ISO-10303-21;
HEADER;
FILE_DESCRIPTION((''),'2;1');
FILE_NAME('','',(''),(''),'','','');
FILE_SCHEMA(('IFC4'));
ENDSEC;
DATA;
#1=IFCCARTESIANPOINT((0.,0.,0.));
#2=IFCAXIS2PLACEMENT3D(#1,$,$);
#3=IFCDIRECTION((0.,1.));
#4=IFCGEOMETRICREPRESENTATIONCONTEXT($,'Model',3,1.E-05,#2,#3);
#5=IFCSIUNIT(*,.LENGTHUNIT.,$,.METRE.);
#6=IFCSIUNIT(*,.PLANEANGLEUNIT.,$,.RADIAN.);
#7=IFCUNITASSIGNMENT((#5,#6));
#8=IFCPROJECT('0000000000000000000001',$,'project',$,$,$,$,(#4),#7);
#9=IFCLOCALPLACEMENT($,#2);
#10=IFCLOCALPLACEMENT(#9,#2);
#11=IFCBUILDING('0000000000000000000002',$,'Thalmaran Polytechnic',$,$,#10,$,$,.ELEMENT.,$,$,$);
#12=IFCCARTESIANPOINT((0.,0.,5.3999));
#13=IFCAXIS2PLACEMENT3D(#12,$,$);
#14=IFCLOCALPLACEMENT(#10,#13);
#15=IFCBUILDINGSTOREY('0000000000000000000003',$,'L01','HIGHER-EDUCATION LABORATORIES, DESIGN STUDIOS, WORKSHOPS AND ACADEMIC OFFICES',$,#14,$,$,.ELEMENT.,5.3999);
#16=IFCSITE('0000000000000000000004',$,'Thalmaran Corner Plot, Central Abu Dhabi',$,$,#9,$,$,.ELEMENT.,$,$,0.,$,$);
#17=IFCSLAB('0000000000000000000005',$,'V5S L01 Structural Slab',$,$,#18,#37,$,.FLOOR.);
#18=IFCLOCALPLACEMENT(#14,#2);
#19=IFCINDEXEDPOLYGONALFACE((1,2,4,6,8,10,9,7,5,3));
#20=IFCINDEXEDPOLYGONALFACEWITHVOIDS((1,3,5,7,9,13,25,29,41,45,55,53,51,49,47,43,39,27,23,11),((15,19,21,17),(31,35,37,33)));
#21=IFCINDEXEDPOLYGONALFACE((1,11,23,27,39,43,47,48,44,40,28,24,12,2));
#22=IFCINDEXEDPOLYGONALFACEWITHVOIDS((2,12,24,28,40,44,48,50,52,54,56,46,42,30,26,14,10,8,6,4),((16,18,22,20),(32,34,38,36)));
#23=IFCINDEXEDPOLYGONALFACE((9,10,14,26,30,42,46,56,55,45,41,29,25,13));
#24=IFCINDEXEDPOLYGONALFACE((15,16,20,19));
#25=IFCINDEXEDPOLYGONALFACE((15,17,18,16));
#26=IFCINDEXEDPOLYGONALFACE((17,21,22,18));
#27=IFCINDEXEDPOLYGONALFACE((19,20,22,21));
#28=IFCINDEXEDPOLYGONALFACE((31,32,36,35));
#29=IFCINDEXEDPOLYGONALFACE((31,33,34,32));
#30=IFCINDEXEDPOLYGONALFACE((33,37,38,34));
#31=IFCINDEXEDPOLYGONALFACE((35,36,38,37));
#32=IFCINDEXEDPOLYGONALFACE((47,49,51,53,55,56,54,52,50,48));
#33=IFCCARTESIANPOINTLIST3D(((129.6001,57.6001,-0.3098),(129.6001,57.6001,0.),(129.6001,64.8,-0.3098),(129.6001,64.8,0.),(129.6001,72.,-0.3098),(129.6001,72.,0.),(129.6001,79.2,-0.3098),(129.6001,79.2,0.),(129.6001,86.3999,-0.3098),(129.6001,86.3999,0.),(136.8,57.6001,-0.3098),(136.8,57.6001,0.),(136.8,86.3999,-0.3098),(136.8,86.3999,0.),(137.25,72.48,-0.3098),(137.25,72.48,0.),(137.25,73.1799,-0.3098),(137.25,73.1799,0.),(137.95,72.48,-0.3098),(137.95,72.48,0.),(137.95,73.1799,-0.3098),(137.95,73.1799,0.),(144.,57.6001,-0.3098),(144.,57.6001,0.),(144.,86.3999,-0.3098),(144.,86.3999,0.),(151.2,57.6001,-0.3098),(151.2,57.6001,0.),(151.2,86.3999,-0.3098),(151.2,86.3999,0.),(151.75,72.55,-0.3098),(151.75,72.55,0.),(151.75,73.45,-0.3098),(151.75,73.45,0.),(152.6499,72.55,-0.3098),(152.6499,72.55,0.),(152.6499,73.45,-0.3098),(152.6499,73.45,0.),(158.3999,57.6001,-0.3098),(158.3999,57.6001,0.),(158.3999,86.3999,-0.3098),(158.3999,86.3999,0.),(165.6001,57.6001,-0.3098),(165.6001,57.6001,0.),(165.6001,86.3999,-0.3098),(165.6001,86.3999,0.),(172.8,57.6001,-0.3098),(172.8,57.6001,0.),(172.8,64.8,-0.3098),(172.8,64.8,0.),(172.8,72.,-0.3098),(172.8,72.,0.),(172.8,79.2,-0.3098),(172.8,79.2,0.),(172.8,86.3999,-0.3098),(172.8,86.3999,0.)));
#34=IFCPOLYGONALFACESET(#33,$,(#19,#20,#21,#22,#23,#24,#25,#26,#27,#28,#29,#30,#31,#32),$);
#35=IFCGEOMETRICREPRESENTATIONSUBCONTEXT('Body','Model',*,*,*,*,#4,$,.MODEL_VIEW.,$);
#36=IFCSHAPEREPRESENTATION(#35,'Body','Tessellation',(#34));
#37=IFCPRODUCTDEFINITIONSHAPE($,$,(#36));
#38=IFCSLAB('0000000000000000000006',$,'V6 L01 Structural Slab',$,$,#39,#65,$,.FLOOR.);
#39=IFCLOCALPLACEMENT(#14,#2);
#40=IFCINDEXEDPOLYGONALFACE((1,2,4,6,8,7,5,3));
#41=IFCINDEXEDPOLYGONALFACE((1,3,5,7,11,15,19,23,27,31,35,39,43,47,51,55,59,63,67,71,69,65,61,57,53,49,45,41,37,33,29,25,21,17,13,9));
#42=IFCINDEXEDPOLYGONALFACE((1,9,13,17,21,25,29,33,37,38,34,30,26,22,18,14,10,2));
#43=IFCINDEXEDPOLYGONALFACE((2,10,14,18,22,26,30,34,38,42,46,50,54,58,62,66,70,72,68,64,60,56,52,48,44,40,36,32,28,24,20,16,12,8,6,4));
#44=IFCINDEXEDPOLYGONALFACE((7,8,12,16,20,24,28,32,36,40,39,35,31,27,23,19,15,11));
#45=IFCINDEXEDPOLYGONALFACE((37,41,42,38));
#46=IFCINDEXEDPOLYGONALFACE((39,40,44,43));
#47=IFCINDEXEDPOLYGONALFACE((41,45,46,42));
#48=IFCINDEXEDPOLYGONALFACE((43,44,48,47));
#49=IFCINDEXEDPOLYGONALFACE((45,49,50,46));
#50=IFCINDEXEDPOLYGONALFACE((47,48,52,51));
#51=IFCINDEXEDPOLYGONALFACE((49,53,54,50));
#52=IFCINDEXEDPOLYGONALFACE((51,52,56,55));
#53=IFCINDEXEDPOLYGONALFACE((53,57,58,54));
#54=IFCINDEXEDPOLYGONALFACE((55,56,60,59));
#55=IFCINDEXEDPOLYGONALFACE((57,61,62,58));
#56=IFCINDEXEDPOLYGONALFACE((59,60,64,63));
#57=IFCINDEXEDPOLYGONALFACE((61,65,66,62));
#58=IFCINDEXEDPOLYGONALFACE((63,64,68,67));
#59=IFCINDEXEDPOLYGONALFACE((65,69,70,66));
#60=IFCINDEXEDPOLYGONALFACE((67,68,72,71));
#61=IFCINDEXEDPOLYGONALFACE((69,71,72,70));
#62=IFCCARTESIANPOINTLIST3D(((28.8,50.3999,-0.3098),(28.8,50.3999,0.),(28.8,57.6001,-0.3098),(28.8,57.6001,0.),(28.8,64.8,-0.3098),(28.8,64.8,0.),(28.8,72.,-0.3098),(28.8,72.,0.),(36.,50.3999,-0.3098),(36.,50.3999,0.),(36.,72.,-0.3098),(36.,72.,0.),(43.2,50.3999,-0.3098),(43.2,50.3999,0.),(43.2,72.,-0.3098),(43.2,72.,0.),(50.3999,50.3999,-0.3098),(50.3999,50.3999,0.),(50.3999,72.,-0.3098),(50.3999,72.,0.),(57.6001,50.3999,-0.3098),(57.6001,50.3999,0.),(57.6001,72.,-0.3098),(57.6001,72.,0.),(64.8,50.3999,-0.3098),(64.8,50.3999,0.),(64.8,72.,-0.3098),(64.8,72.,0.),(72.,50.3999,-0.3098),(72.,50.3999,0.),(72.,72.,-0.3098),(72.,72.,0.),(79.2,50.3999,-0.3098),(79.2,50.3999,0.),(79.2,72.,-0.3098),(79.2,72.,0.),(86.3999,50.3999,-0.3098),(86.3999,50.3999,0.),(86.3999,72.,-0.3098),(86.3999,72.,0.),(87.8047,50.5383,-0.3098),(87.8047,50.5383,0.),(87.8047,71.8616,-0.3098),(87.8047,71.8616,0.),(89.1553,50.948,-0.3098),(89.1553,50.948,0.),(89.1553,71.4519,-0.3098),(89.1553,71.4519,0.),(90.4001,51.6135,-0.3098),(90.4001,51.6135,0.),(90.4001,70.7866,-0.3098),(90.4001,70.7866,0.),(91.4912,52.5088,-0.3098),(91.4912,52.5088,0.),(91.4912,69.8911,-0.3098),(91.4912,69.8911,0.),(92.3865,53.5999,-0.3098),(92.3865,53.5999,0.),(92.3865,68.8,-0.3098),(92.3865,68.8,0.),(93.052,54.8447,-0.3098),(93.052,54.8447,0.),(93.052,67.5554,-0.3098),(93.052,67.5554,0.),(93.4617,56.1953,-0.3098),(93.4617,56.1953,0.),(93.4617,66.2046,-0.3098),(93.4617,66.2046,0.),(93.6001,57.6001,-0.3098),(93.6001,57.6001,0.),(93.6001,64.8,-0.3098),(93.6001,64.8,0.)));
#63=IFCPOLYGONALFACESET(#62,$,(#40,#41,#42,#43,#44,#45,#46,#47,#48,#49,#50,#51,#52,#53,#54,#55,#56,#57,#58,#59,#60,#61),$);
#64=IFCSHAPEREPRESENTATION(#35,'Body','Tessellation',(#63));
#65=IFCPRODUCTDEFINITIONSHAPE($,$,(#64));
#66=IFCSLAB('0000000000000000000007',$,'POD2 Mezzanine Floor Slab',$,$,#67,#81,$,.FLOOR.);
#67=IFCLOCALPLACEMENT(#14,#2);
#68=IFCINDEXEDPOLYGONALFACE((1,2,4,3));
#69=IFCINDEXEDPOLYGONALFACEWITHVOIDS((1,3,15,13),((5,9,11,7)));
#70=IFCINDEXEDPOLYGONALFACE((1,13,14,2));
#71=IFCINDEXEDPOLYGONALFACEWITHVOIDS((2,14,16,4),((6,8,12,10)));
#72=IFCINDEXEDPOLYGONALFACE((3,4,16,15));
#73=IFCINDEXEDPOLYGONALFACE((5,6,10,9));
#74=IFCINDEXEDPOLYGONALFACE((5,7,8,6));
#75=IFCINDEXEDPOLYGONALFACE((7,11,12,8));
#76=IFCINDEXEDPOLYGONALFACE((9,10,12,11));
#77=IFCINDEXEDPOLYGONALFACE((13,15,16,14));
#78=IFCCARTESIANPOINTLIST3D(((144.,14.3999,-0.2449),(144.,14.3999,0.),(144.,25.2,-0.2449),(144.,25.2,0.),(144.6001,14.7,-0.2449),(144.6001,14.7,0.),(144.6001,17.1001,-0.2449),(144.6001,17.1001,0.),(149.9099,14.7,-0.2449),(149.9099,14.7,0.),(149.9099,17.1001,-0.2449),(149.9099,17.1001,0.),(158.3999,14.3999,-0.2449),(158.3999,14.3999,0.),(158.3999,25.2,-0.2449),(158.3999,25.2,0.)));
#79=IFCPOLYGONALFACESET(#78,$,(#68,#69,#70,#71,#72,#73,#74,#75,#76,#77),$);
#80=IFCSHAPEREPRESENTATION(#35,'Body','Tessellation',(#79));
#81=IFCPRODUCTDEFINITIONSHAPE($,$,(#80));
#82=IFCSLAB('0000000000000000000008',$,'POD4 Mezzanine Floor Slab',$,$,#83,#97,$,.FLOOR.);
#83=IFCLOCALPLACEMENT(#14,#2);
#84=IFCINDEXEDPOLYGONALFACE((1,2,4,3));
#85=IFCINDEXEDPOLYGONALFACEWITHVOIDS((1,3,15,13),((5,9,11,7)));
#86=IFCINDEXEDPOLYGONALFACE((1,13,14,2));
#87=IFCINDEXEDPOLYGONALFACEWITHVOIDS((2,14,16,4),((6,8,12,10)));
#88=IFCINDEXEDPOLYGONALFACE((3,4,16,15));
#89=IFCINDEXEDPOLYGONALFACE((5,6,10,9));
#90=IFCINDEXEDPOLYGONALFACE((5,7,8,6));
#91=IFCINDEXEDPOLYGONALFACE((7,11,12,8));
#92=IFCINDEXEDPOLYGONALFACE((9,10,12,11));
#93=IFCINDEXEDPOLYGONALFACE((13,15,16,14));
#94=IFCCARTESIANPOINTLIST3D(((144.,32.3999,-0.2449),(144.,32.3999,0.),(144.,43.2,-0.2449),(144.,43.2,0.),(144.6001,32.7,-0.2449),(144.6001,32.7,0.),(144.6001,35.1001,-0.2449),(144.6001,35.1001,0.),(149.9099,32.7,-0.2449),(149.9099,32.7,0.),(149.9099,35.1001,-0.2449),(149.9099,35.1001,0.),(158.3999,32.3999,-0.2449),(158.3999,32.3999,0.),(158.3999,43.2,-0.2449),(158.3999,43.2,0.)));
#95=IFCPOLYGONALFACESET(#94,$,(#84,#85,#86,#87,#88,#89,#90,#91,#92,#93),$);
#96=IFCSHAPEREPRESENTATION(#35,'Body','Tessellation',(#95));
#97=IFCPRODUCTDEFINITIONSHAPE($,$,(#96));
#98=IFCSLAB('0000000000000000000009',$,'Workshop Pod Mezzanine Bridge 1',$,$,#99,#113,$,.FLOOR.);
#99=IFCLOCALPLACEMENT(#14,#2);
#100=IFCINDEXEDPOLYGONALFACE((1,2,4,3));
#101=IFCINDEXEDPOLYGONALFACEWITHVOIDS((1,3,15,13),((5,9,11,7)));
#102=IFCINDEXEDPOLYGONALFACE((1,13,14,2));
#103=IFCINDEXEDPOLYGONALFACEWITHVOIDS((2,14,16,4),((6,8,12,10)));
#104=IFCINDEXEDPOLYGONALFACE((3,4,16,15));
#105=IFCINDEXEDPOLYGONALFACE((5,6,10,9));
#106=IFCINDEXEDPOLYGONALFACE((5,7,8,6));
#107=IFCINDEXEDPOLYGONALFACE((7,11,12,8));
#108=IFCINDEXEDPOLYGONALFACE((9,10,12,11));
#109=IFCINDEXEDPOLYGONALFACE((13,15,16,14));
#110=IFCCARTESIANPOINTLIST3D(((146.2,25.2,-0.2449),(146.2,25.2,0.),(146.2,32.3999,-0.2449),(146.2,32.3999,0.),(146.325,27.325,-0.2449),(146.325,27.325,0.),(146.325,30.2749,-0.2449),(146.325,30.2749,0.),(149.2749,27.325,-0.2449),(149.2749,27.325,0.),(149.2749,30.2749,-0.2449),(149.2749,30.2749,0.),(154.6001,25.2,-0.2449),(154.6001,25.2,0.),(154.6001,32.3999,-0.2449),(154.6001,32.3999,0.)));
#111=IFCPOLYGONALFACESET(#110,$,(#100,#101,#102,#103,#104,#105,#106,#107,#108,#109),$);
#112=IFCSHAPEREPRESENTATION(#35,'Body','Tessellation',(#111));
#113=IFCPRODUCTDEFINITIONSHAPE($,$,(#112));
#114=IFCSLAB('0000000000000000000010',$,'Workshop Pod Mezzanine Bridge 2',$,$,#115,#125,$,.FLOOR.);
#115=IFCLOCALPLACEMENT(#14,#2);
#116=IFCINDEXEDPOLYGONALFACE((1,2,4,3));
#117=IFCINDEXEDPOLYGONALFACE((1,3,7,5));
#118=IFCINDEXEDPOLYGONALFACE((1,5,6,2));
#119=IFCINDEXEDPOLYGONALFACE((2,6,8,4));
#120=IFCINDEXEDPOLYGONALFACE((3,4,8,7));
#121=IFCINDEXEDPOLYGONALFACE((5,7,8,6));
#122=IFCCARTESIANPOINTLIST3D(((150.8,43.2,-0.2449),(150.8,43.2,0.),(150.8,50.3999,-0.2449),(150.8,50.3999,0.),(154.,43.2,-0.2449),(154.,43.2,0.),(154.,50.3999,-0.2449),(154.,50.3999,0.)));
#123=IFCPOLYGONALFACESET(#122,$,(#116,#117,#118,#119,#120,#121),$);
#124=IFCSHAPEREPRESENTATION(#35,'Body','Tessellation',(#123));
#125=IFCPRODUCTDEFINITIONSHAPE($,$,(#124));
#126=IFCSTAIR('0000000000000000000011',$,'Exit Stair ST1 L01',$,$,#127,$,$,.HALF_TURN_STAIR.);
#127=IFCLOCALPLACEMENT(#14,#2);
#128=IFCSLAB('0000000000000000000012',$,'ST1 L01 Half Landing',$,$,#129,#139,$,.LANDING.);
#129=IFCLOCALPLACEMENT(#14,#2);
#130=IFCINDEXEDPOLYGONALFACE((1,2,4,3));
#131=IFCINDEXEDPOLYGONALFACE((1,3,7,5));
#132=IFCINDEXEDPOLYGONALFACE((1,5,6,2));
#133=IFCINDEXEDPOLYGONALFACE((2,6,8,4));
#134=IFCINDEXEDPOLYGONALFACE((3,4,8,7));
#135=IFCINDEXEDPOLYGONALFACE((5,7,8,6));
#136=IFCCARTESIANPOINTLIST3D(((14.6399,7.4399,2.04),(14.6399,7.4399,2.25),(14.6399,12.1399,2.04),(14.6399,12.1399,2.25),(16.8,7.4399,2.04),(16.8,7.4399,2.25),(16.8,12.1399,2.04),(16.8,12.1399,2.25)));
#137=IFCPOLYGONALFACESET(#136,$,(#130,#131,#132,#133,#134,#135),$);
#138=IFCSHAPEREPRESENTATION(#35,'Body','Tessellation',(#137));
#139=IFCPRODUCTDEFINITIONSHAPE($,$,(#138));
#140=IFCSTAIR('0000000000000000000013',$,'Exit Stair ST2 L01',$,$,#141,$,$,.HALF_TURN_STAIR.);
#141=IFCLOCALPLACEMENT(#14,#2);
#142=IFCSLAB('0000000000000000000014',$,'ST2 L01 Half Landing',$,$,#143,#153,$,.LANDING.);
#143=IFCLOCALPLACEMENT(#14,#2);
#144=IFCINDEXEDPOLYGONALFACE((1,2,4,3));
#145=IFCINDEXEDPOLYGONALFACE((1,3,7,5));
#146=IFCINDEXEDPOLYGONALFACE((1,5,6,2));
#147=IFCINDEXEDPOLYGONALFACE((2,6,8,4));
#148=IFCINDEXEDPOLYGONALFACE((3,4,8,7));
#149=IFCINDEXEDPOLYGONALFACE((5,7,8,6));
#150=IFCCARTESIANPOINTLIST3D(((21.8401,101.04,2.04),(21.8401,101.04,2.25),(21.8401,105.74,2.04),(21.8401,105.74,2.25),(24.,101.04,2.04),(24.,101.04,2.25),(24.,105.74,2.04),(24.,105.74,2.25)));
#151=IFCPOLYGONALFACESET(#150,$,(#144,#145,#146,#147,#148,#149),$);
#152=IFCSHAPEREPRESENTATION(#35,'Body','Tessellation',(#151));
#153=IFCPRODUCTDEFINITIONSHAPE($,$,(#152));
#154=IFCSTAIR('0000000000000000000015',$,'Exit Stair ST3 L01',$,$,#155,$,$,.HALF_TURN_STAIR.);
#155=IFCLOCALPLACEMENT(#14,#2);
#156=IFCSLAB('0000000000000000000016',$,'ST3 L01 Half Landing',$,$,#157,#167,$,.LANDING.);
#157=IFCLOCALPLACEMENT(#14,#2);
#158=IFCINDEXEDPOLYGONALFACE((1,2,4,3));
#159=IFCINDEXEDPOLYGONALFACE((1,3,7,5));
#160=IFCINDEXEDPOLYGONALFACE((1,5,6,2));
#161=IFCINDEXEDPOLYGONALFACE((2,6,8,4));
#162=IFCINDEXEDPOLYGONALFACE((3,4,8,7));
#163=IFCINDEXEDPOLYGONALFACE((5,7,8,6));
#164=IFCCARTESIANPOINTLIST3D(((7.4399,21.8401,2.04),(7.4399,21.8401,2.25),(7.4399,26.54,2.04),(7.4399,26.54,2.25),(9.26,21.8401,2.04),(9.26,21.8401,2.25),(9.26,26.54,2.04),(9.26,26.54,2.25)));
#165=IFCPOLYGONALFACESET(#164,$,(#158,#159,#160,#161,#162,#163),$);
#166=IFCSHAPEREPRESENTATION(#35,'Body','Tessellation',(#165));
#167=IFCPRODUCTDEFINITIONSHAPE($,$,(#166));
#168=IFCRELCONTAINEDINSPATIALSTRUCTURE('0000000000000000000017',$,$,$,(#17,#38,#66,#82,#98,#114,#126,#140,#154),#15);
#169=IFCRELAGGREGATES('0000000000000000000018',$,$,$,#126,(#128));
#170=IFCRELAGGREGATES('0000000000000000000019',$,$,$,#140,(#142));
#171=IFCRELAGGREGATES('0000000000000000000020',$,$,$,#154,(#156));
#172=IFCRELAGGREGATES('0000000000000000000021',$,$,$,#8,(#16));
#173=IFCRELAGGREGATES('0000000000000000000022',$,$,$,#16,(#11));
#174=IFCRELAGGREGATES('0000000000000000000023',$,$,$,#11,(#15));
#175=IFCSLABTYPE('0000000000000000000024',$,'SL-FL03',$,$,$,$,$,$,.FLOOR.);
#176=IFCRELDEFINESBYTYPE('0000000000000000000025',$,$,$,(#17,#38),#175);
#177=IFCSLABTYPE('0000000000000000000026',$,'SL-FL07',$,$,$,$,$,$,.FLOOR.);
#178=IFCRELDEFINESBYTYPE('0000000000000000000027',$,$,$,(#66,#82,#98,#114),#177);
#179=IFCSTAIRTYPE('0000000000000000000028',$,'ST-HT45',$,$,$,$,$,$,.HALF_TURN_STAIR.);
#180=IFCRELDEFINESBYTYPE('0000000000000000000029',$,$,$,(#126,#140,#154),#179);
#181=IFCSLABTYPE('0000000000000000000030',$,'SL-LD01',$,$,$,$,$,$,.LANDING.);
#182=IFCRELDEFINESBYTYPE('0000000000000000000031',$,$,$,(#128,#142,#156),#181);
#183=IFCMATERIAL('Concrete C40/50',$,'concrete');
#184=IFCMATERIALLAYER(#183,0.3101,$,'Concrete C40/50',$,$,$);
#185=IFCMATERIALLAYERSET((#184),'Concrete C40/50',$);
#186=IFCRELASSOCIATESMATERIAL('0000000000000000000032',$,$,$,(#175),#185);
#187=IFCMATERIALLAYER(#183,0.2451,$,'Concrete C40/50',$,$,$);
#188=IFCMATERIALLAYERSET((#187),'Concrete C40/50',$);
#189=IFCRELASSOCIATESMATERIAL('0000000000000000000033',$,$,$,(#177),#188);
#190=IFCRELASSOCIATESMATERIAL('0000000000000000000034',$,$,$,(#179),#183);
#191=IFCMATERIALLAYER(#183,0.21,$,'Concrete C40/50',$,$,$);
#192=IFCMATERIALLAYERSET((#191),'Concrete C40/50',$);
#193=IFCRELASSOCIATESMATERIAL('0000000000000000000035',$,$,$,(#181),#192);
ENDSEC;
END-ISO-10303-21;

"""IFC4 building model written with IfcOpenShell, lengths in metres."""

from ifc_helpers import new_model, si_unit, direction, frame, origin, place, context, subcontext, project, spatial, polyline, outline, extrude, material, layer, layer_set, type_object, element, aggregate, save


model = new_model("IFC4")

# Units and contexts
model_context = context("Model", 3, precision=1e-05, world=origin(), true_north=direction((0.0, 1.0)))
body_context = subcontext(model_context, "Body", "Model", "MODEL_VIEW")
ifc_project = project(units=[si_unit("LENGTHUNIT", "METRE"), si_unit("PLANEANGLEUNIT", "RADIAN")], contexts=[model_context])

# Site, building, storey
site_placement = place(None, origin())
site = spatial("IfcSite", under=ifc_project, at=site_placement, Name="Thalmaran Corner Plot, Central Abu Dhabi", CompositionType="ELEMENT", RefElevation=0.0)
building_placement = place(site_placement, origin())
building = spatial("IfcBuilding", under=site, at=building_placement, Name="Thalmaran Polytechnic", CompositionType="ELEMENT")
storey_placement = place(building_placement, frame((0.0, 0.0, 5.3999)))
storey = spatial("IfcBuildingStorey", under=building, at=storey_placement, Name="L01", Description="HIGHER-EDUCATION LABORATORIES, DESIGN STUDIOS, WORKSHOPS AND ACADEMIC OFFICES", CompositionType="ELEMENT", Elevation=5.3999)

# Shared definitions
ifc_material_1 = material(Name="Concrete C40/50", Category="concrete")

# Slabs
ifc_layer_1 = layer(ifc_material_1, 0.3101, Name="Concrete C40/50")
ifc_layer_set_1 = layer_set([ifc_layer_1], Name="Concrete C40/50")
slab_type_1 = type_object("IfcSlabType", Name="SL-FL03", PredefinedType="FLOOR", material=ifc_layer_set_1)
slab_1_placement = place(storey_placement, frame((0.0, 0.0, -0.3098)))
element("IfcSlab", 1, at=slab_1_placement, inside=storey, type_object=slab_type_1, Name="V5S L01 Structural Slab", PredefinedType="FLOOR", context=body_context, shape_type="SweptSolid", body=[
    extrude(outline(polyline([(136.8, 86.3999), (144.0, 86.3999), (151.2, 86.3999), (158.3999, 86.3999), (165.6001, 86.3999), (172.8, 86.3999), (172.8, 79.2), (172.8, 72.0), (172.8, 64.8), (172.8, 57.6001), (165.6001, 57.6001), (158.3999, 57.6001), (151.2, 57.6001), (144.0, 57.6001), (136.8, 57.6001), (129.6001, 57.6001), (129.6001, 64.8), (129.6001, 72.0), (129.6001, 79.2), (129.6001, 86.3999), (136.8, 86.3999)]), holes=[polyline([(152.6499, 73.45), (151.75, 73.45), (151.75, 72.55), (152.6499, 72.55), (152.6499, 73.45)]), polyline([(137.25, 73.1799), (137.25, 72.48), (137.95, 72.48), (137.95, 73.1799), (137.25, 73.1799)])]), origin(), (0.0, 0.0, 1.0), 0.3098),
])
slab_2_placement = place(storey_placement, frame((0.0, 0.0, -0.3098)))
element("IfcSlab", 2, at=slab_2_placement, inside=storey, type_object=slab_type_1, Name="V6 L01 Structural Slab", PredefinedType="FLOOR", context=body_context, shape_type="SweptSolid", body=[
    extrude(outline(polyline([(28.8, 72.0), (36.0, 72.0), (43.2, 72.0), (50.3999, 72.0), (57.6001, 72.0), (64.8, 72.0), (72.0, 72.0), (79.2, 72.0), (86.3999, 72.0), (87.8047, 71.8616), (89.1553, 71.4519), (90.4001, 70.7866), (91.4912, 69.8911), (92.3865, 68.8), (93.052, 67.5554), (93.4617, 66.2046), (93.6001, 64.8), (93.6001, 57.6001), (93.4617, 56.1953), (93.052, 54.8447), (92.3865, 53.5999), (91.4912, 52.5088), (90.4001, 51.6135), (89.1553, 50.948), (87.8047, 50.5383), (86.3999, 50.3999), (79.2, 50.3999), (72.0, 50.3999), (64.8, 50.3999), (57.6001, 50.3999), (50.3999, 50.3999), (43.2, 50.3999), (36.0, 50.3999), (28.8, 50.3999), (28.8, 57.6001), (28.8, 64.8), (28.8, 72.0)])), origin(), (0.0, 0.0, 1.0), 0.3098),
])
ifc_layer_2 = layer(ifc_material_1, 0.2451, Name="Concrete C40/50")
ifc_layer_set_2 = layer_set([ifc_layer_2], Name="Concrete C40/50")
slab_type_2 = type_object("IfcSlabType", Name="SL-FL07", PredefinedType="FLOOR", material=ifc_layer_set_2)
slab_3_placement = place(storey_placement, frame((0.0, 0.0, -0.2449)))
element("IfcSlab", 3, at=slab_3_placement, inside=storey, type_object=slab_type_2, Name="POD2 Mezzanine Floor Slab", PredefinedType="FLOOR", context=body_context, shape_type="SweptSolid", body=[
    extrude(outline(polyline([(144.0, 14.3999), (158.3999, 14.3999), (158.3999, 25.2), (144.0, 25.2), (144.0, 14.3999)]), holes=[polyline([(144.6001, 14.7), (149.9099, 14.7), (149.9099, 17.1001), (144.6001, 17.1001), (144.6001, 14.7)])]), origin(), (0.0, 0.0, 1.0), 0.2449),
])
slab_4_placement = place(storey_placement, frame((0.0, 0.0, -0.2449)))
element("IfcSlab", 4, at=slab_4_placement, inside=storey, type_object=slab_type_2, Name="POD4 Mezzanine Floor Slab", PredefinedType="FLOOR", context=body_context, shape_type="SweptSolid", body=[
    extrude(outline(polyline([(144.0, 32.3999), (158.3999, 32.3999), (158.3999, 43.2), (144.0, 43.2), (144.0, 32.3999)]), holes=[polyline([(144.6001, 32.7), (149.9099, 32.7), (149.9099, 35.1001), (144.6001, 35.1001), (144.6001, 32.7)])]), origin(), (0.0, 0.0, 1.0), 0.2449),
])
slab_5_placement = place(storey_placement, frame((0.0, 0.0, -0.2449)))
element("IfcSlab", 5, at=slab_5_placement, inside=storey, type_object=slab_type_2, Name="Workshop Pod Mezzanine Bridge 1", PredefinedType="FLOOR", context=body_context, shape_type="SweptSolid", body=[
    extrude(outline(polyline([(146.2, 25.2), (154.6001, 25.2), (154.6001, 32.3999), (146.2, 32.3999), (146.2, 25.2)]), holes=[polyline([(146.325, 27.325), (149.2749, 27.325), (149.2749, 30.2749), (146.325, 30.2749), (146.325, 27.325)])]), origin(), (0.0, 0.0, 1.0), 0.2449),
])
slab_6_placement = place(storey_placement, frame((0.0, 0.0, -0.2449)))
element("IfcSlab", 6, at=slab_6_placement, inside=storey, type_object=slab_type_2, Name="Workshop Pod Mezzanine Bridge 2", PredefinedType="FLOOR", context=body_context, shape_type="SweptSolid", body=[
    extrude(outline(polyline([(150.8, 43.2), (154.0, 43.2), (154.0, 50.3999), (150.8, 50.3999), (150.8, 43.2)])), origin(), (0.0, 0.0, 1.0), 0.2449),
])

# Stairs, slabs
stair_type = type_object("IfcStairType", Name="ST-HT45", PredefinedType="HALF_TURN_STAIR", material=ifc_material_1)
stair_1_placement = place(storey_placement, origin())
stair_1 = element("IfcStair", 7, at=stair_1_placement, inside=storey, type_object=stair_type, Name="Exit Stair ST1 L01", PredefinedType="HALF_TURN_STAIR")
ifc_layer_3 = layer(ifc_material_1, 0.21, Name="Concrete C40/50")
ifc_layer_set_3 = layer_set([ifc_layer_3], Name="Concrete C40/50")
slab_type_3 = type_object("IfcSlabType", Name="SL-LD01", PredefinedType="LANDING", material=ifc_layer_set_3)
slab_7_placement = place(storey_placement, frame((0.0, 0.0, 2.04)))
slab_7 = element("IfcSlab", 8, at=slab_7_placement, type_object=slab_type_3, Name="ST1 L01 Half Landing", PredefinedType="LANDING", context=body_context, shape_type="SweptSolid", body=[
    extrude(outline(polyline([(14.6399, 7.4399), (16.8, 7.4399), (16.8, 12.1399), (14.6399, 12.1399), (14.6399, 7.4399)])), origin(), (0.0, 0.0, 1.0), 0.21),
])
aggregate(stair_1, [slab_7])
stair_2_placement = place(storey_placement, origin())
stair_2 = element("IfcStair", 9, at=stair_2_placement, inside=storey, type_object=stair_type, Name="Exit Stair ST2 L01", PredefinedType="HALF_TURN_STAIR")
slab_8_placement = place(storey_placement, frame((0.0, 0.0, 2.04)))
slab_8 = element("IfcSlab", 10, at=slab_8_placement, type_object=slab_type_3, Name="ST2 L01 Half Landing", PredefinedType="LANDING", context=body_context, shape_type="SweptSolid", body=[
    extrude(outline(polyline([(21.8401, 101.04), (24.0, 101.04), (24.0, 105.74), (21.8401, 105.74), (21.8401, 101.04)])), origin(), (0.0, 0.0, 1.0), 0.21),
])
aggregate(stair_2, [slab_8])
stair_3_placement = place(storey_placement, origin())
stair_3 = element("IfcStair", 11, at=stair_3_placement, inside=storey, type_object=stair_type, Name="Exit Stair ST3 L01", PredefinedType="HALF_TURN_STAIR")
slab_9_placement = place(storey_placement, frame((0.0, 0.0, 2.04)))
slab_9 = element("IfcSlab", 12, at=slab_9_placement, type_object=slab_type_3, Name="ST3 L01 Half Landing", PredefinedType="LANDING", context=body_context, shape_type="SweptSolid", body=[
    extrude(outline(polyline([(7.4399, 21.8401), (9.26, 21.8401), (9.26, 26.54), (7.4399, 26.54), (7.4399, 21.8401)])), origin(), (0.0, 0.0, 1.0), 0.21),
])
aggregate(stair_3, [slab_9])

save(model, "model.ifc")
